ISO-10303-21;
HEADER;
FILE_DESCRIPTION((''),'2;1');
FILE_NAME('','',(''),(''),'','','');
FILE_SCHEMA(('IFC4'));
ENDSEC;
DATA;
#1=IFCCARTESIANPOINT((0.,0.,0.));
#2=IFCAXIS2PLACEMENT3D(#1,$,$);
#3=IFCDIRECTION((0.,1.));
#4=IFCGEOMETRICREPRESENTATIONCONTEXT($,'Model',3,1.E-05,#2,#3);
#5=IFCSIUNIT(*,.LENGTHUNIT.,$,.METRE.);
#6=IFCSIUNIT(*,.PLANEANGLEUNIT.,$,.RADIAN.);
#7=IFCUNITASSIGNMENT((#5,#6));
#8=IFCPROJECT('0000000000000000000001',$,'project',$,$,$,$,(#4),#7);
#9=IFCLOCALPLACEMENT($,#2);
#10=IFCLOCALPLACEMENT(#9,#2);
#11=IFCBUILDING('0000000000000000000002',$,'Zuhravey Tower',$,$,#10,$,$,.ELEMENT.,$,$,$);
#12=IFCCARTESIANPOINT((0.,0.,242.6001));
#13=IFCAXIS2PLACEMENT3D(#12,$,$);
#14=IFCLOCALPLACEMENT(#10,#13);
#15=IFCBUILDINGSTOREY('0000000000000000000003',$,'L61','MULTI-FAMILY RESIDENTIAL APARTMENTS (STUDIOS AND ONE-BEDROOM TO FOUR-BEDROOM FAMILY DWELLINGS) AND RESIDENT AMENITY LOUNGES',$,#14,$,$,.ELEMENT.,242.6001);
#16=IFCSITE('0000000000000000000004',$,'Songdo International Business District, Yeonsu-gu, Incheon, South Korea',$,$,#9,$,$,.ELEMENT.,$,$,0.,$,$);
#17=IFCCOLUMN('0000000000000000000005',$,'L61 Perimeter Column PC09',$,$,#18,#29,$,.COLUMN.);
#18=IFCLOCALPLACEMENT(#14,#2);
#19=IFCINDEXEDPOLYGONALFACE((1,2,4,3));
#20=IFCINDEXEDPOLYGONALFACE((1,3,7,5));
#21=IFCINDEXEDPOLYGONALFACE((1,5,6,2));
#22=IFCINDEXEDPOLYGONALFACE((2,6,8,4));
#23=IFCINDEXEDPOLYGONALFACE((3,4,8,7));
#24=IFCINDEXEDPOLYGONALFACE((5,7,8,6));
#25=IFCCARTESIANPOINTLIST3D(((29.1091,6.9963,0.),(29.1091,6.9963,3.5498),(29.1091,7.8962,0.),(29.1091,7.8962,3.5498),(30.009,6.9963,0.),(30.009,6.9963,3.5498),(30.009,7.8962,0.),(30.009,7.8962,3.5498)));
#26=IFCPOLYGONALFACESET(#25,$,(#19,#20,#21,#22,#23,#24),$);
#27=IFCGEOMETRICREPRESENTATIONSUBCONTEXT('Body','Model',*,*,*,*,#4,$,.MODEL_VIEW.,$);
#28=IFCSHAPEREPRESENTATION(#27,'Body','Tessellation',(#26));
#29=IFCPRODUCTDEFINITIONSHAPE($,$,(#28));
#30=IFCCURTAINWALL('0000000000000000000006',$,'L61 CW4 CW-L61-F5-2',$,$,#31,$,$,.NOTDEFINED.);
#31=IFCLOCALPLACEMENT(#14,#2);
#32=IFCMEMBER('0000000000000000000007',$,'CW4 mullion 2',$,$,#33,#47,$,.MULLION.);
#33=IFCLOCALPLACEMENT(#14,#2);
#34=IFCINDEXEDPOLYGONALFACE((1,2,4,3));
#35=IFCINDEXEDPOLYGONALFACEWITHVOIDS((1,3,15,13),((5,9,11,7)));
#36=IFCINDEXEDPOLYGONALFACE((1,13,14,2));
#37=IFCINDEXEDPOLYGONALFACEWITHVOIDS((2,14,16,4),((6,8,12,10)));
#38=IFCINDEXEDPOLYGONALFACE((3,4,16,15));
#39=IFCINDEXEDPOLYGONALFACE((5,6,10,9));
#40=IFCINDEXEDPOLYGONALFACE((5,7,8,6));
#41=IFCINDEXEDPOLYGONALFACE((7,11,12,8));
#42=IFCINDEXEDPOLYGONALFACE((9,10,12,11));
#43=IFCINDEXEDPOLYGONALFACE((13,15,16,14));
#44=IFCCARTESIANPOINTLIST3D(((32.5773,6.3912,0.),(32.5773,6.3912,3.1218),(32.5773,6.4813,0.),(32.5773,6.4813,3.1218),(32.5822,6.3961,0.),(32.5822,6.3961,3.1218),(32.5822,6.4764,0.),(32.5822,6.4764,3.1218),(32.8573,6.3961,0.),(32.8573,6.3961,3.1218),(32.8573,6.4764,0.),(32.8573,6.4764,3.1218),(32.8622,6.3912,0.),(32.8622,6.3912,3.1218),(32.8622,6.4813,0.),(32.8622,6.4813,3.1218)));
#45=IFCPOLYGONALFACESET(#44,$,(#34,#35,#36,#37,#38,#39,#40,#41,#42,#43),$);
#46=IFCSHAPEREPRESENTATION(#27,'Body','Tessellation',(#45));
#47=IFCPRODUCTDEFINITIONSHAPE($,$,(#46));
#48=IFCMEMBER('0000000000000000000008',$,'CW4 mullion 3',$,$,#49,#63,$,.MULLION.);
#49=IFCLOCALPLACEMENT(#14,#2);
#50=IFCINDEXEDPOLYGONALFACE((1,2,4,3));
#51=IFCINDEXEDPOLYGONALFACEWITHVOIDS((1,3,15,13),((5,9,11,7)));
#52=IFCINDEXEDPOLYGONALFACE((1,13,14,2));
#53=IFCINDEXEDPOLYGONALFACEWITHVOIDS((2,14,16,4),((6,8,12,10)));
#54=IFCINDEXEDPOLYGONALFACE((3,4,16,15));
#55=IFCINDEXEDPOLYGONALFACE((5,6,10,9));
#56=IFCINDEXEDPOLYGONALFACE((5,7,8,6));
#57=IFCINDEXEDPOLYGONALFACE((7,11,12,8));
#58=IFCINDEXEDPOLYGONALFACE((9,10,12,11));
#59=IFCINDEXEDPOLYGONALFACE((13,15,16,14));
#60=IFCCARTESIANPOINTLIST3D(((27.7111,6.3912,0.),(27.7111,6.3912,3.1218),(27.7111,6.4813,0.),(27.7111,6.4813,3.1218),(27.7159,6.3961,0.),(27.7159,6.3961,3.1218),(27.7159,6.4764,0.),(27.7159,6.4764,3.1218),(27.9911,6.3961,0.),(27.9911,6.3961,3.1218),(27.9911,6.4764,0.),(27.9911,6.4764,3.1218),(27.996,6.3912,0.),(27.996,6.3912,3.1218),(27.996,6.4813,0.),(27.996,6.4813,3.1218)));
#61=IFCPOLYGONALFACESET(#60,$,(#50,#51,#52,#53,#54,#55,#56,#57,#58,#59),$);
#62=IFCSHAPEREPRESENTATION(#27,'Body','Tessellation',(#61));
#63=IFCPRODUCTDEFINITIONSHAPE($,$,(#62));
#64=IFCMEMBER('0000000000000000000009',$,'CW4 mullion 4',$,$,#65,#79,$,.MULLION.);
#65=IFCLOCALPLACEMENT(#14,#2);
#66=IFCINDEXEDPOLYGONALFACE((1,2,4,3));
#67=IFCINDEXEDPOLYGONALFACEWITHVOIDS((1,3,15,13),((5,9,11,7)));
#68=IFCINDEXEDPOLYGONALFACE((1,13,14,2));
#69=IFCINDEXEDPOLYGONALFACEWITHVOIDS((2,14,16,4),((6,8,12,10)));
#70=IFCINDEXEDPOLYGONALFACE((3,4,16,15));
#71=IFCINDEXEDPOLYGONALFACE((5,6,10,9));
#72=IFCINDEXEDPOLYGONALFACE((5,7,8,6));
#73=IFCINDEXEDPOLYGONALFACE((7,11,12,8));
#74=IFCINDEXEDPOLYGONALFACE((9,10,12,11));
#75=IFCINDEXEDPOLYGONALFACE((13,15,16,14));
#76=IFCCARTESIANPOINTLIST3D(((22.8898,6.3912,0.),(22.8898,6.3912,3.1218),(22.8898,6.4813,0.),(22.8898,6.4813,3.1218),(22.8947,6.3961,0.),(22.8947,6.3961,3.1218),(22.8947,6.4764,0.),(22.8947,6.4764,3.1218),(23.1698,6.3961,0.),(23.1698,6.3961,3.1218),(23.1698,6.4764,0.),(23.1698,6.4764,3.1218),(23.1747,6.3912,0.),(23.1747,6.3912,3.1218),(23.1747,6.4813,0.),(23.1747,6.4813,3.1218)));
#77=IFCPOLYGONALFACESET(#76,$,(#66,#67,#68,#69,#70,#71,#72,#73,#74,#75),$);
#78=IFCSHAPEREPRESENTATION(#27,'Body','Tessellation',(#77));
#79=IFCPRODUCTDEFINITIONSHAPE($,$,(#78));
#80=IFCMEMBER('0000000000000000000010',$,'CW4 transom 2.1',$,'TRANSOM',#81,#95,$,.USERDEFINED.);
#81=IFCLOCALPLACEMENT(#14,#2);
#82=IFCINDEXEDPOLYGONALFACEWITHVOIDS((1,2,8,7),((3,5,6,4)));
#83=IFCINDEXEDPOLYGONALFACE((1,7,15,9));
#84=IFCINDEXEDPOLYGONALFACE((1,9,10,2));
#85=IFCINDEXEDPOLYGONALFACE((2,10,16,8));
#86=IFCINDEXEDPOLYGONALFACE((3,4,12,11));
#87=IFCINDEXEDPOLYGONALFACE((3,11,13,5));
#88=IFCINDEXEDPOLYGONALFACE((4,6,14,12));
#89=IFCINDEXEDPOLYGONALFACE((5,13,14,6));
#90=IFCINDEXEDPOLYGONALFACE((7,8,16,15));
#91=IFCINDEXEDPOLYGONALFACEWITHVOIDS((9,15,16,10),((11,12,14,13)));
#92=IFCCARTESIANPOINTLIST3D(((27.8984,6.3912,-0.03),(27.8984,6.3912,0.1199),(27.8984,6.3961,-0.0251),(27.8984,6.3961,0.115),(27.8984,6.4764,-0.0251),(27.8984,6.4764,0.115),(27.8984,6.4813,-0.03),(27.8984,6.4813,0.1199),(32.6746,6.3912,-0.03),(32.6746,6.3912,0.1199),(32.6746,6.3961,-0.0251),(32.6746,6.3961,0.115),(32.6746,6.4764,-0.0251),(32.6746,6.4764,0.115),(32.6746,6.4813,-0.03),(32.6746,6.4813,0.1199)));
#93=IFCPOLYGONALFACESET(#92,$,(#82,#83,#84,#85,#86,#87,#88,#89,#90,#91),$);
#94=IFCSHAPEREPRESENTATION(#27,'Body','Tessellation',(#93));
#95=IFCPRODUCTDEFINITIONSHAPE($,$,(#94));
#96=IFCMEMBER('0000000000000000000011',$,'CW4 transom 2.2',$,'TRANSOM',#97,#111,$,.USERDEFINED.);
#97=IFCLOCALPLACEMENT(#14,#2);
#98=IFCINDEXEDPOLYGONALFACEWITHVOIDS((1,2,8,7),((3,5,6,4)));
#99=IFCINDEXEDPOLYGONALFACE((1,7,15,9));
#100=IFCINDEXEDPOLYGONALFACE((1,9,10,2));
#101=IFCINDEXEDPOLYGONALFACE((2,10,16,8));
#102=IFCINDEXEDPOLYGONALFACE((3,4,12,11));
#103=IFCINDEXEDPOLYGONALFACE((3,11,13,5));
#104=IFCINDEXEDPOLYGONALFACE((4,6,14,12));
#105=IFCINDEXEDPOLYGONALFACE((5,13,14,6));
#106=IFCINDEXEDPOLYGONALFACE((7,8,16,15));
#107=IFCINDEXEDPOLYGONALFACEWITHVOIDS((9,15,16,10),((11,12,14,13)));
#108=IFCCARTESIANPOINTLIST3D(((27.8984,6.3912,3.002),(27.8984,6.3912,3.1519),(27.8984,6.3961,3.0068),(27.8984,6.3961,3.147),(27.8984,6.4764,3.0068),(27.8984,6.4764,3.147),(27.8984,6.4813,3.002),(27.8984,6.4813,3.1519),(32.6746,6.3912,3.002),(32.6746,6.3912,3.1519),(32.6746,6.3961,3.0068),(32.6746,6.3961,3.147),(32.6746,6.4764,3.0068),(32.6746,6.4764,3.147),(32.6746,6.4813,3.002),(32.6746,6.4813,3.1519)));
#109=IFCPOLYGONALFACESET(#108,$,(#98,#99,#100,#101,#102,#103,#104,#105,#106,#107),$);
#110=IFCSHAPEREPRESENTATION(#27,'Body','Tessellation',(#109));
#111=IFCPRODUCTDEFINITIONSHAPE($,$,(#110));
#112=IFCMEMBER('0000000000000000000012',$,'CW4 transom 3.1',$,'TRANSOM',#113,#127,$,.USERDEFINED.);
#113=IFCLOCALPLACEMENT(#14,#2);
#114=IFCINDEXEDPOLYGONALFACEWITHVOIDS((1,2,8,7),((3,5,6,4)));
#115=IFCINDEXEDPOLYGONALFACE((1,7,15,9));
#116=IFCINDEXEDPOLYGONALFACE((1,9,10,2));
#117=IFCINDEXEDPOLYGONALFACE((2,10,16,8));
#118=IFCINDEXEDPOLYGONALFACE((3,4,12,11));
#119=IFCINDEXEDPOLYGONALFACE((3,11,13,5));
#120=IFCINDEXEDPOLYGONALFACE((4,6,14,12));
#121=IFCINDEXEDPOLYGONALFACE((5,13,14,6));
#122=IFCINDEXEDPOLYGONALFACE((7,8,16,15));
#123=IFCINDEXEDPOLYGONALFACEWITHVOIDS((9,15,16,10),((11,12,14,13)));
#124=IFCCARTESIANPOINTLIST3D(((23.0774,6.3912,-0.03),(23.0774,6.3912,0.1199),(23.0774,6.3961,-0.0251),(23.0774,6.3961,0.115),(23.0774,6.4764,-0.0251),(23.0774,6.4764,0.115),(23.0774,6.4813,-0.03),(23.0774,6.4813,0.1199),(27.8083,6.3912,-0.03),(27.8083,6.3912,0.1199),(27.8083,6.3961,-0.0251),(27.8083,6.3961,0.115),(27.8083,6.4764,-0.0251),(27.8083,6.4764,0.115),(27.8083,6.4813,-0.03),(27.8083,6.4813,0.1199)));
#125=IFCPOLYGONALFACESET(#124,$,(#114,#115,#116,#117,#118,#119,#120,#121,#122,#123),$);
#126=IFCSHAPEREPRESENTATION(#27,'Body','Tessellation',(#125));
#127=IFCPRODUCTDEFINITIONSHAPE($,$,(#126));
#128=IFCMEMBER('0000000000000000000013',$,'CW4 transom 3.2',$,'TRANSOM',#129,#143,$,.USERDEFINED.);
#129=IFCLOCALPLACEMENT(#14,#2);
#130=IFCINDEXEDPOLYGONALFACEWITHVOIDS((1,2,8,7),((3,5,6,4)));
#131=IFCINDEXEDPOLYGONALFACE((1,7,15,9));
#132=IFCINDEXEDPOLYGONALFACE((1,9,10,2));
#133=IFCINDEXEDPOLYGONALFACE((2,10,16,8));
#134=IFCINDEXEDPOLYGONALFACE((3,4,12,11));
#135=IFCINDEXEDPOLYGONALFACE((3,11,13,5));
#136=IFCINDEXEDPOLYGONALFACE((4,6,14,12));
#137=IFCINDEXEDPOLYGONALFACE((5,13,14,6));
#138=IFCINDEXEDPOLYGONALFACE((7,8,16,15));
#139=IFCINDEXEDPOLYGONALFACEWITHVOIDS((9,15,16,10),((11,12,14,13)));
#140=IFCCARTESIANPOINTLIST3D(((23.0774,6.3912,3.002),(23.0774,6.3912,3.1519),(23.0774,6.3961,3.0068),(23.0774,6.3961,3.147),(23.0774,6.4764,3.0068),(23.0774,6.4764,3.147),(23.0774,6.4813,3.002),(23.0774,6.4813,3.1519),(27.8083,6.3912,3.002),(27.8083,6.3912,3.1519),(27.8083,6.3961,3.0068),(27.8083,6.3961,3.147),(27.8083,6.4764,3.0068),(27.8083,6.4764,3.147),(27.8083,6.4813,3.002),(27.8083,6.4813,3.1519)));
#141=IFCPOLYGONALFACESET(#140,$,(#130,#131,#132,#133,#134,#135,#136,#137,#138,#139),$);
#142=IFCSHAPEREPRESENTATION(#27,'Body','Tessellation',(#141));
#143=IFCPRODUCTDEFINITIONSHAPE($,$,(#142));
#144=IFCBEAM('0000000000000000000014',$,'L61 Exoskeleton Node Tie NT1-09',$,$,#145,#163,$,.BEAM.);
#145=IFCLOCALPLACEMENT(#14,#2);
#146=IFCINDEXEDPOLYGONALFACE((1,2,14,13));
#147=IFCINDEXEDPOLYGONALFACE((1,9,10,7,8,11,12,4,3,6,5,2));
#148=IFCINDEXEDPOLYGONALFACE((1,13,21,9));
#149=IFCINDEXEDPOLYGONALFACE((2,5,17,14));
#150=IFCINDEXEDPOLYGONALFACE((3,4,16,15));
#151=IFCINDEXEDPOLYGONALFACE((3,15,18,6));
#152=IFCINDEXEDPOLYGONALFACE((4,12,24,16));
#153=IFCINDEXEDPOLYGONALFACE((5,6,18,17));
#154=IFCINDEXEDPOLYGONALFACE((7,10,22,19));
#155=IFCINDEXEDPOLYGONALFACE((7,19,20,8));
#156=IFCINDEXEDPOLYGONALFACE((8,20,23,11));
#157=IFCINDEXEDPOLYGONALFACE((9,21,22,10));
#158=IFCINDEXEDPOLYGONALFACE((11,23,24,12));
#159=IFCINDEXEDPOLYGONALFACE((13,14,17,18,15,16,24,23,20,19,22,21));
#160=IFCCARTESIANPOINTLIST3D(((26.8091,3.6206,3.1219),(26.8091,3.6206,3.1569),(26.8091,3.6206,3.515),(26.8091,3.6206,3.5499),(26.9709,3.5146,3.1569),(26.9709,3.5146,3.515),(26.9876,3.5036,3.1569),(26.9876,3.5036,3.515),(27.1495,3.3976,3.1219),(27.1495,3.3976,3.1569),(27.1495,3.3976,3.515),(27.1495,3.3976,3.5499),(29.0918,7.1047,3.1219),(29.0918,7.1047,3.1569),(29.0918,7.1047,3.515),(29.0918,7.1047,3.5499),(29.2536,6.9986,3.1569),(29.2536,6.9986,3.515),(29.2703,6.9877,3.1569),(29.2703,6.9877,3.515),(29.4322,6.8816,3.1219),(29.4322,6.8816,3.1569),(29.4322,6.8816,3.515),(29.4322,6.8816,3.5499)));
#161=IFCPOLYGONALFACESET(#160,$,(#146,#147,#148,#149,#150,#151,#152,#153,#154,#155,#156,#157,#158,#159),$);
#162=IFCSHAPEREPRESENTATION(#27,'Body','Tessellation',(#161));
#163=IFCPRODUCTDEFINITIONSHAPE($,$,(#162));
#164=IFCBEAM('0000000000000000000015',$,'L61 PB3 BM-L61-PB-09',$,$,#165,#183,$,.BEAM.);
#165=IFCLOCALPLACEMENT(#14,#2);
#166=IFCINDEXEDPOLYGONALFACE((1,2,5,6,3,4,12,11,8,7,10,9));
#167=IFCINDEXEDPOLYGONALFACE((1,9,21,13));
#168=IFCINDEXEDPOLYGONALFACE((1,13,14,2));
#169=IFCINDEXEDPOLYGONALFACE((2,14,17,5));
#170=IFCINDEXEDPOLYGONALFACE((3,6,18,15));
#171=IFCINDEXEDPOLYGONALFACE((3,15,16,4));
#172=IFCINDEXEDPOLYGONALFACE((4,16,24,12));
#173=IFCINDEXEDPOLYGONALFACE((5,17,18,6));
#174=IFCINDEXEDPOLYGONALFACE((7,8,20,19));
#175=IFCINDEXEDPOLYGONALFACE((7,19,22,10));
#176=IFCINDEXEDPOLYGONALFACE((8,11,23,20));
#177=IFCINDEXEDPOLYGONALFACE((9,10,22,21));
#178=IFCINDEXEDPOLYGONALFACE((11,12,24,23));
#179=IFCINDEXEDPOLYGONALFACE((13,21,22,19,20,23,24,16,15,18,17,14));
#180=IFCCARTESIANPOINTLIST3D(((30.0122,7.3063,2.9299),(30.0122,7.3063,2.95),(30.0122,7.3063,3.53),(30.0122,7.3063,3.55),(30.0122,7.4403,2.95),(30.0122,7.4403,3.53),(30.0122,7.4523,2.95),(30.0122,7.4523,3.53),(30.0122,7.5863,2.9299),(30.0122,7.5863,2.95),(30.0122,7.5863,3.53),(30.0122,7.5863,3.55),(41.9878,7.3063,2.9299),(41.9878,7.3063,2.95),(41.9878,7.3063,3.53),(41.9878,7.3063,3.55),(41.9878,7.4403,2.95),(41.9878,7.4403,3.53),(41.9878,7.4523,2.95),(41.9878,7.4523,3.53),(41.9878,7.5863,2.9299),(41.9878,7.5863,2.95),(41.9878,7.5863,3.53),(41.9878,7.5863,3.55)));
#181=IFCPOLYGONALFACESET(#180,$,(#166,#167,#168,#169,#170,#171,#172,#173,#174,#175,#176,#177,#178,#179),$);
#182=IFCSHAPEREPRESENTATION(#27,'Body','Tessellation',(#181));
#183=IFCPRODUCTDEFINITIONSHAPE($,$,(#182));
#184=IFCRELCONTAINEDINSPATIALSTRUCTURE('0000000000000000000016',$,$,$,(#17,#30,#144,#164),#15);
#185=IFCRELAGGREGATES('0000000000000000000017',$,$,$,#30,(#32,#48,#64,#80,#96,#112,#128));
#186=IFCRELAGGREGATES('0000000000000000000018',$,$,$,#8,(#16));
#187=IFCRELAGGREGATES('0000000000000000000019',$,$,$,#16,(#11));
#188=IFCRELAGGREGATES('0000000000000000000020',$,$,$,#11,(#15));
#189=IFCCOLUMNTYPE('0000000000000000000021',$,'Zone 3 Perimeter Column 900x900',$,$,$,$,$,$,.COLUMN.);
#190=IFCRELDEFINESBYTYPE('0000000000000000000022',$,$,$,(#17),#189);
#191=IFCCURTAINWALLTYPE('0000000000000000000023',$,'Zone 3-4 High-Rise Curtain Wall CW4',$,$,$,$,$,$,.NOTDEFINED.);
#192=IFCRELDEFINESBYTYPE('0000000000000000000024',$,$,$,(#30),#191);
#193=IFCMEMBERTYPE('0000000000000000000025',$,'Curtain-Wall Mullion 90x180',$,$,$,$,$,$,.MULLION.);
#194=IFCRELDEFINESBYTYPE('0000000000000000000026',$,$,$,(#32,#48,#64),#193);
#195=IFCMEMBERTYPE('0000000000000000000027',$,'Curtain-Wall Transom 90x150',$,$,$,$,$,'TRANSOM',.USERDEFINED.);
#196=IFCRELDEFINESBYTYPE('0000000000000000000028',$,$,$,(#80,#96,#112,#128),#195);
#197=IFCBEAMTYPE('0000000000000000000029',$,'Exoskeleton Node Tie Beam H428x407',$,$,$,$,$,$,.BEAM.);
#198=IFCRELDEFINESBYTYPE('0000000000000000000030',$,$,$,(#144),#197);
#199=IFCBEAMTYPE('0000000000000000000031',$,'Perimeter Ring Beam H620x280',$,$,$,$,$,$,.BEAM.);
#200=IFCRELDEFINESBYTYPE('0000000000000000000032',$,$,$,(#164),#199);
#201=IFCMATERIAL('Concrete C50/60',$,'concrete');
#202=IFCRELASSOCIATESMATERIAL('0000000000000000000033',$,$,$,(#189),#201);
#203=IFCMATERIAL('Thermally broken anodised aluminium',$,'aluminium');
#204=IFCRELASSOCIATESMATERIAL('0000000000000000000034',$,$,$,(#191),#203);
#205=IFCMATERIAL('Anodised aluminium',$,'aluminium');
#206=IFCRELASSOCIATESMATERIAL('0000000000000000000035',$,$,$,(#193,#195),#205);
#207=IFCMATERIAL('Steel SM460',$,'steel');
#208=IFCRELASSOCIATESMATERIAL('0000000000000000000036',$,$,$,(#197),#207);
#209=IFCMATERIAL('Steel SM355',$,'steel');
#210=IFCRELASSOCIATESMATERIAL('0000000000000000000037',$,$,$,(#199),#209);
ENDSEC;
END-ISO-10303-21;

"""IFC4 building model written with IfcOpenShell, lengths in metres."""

from ifc_helpers import new_model, si_unit, direction, frame, origin, origin_2d, place, context, subcontext, project, spatial, rectangle, hollow_rectangle, i_section, extrude, material, material_profile, profile_set, type_object, element, aggregate, save


model = new_model("IFC4")

# Units and contexts
model_context = context("Model", 3, precision=1e-05, world=origin(), true_north=direction((0.0, 1.0)))
body_context = subcontext(model_context, "Body", "Model", "MODEL_VIEW")
ifc_project = project(units=[si_unit("LENGTHUNIT", "METRE"), si_unit("PLANEANGLEUNIT", "RADIAN")], contexts=[model_context])

# Site, building, storey
site_placement = place(None, origin())
site = spatial("IfcSite", under=ifc_project, at=site_placement, Name="Songdo International Business District, Yeonsu-gu, Incheon, South Korea", CompositionType="ELEMENT", RefElevation=0.0)
building_placement = place(site_placement, origin())
building = spatial("IfcBuilding", under=site, at=building_placement, Name="Zuhravey Tower", CompositionType="ELEMENT")
storey_placement = place(building_placement, frame((0.0, 0.0, 242.6001)))
storey = spatial("IfcBuildingStorey", under=building, at=storey_placement, Name="L61", Description="MULTI-FAMILY RESIDENTIAL APARTMENTS (STUDIOS AND ONE-BEDROOM TO FOUR-BEDROOM FAMILY DWELLINGS) AND RESIDENT AMENITY LOUNGES", CompositionType="ELEMENT", Elevation=242.6001)

# Column
ifc_material_1 = material(Name="Concrete C50/60", Category="concrete")
ifc_material_profile_1 = material_profile(ifc_material_1, rectangle(XDim=0.8999, YDim=0.8999, at=origin_2d()), Name="RC-900x900")
ifc_profile_set_1 = profile_set([ifc_material_profile_1], Name="Concrete C50/60")
column_type = type_object("IfcColumnType", Name="Zone 3 Perimeter Column 900x900", PredefinedType="COLUMN", material=ifc_profile_set_1)
column_placement = place(storey_placement, frame((29.5591, 7.4463, 0.0), z_axis=(0.0, 0.0, 1.0), x_axis=(1.0, 0.0, 0.0)))
element("IfcColumn", 1, at=column_placement, inside=storey, type_object=column_type, Name="L61 Perimeter Column PC09", PredefinedType="COLUMN", context=body_context, shape_type="SweptSolid", body=[
    extrude(rectangle(XDim=0.8999, YDim=0.8999, at=origin_2d()), origin(), (0.0, 0.0, 1.0), 3.5498),
])

# Curtain wall, members
ifc_material_2 = material(Name="Thermally broken anodised aluminium", Category="aluminium")
curtain_wall_type = type_object("IfcCurtainWallType", Name="Zone 3-4 High-Rise Curtain Wall CW4", PredefinedType="NOTDEFINED", material=ifc_material_2)
curtain_wall_placement = place(storey_placement, origin())
curtain_wall = element("IfcCurtainWall", 2, at=curtain_wall_placement, inside=storey, type_object=curtain_wall_type, Name="L61 CW4 CW-L61-F5-2", PredefinedType="NOTDEFINED")
ifc_material_3 = material(Name="Anodised aluminium", Category="aluminium")
ifc_material_profile_2 = material_profile(ifc_material_3, hollow_rectangle(XDim=0.0901, YDim=0.2849, WallThickness=0.0049, at=origin_2d()), Name="ALU-RHS-90x285x5")
ifc_profile_set_2 = profile_set([ifc_material_profile_2], Name="Anodised aluminium")
member_type_1 = type_object("IfcMemberType", Name="Curtain-Wall Mullion 90x180", PredefinedType="MULLION", material=ifc_profile_set_2)
member_1_placement = place(storey_placement, frame((32.7197, 6.4363, 0.0), z_axis=(0.0, 0.0, 1.0), x_axis=(0.0, -1.0, 0.0)))
member_1 = element("IfcMember", 3, at=member_1_placement, type_object=member_type_1, Name="CW4 mullion 2", PredefinedType="MULLION", context=body_context, shape_type="SweptSolid", body=[
    extrude(hollow_rectangle(XDim=0.0901, YDim=0.2849, WallThickness=0.0049, at=origin_2d()), origin(), (0.0, 0.0, 1.0), 3.1218),
])
member_2_placement = place(storey_placement, frame((27.8535, 6.4363, 0.0), z_axis=(0.0, 0.0, 1.0), x_axis=(0.0, -1.0, 0.0)))
member_2 = element("IfcMember", 4, at=member_2_placement, type_object=member_type_1, Name="CW4 mullion 3", PredefinedType="MULLION", context=body_context, shape_type="SweptSolid", body=[
    extrude(hollow_rectangle(XDim=0.0901, YDim=0.2849, WallThickness=0.0049, at=origin_2d()), origin(), (0.0, 0.0, 1.0), 3.1218),
])
member_3_placement = place(storey_placement, frame((23.0322, 6.4363, 0.0), z_axis=(0.0, 0.0, 1.0), x_axis=(0.0, -1.0, 0.0)))
member_3 = element("IfcMember", 5, at=member_3_placement, type_object=member_type_1, Name="CW4 mullion 4", PredefinedType="MULLION", context=body_context, shape_type="SweptSolid", body=[
    extrude(hollow_rectangle(XDim=0.0901, YDim=0.2849, WallThickness=0.0049, at=origin_2d()), origin(), (0.0, 0.0, 1.0), 3.1218),
])
ifc_material_profile_3 = material_profile(ifc_material_3, hollow_rectangle(XDim=0.0901, YDim=0.1499, WallThickness=0.0049, at=origin_2d()), Name="ALU-RHS-90x150x5")
ifc_profile_set_3 = profile_set([ifc_material_profile_3], Name="Anodised aluminium")
member_type_2 = type_object("IfcMemberType", Name="Curtain-Wall Transom 90x150", ElementType="TRANSOM", PredefinedType="USERDEFINED", material=ifc_profile_set_3)
member_4_placement = place(storey_placement, frame((32.6746, 6.4363, 0.0449), z_axis=(-1.0, 0.0, 0.0), x_axis=(0.0, -1.0, 0.0)))
member_4 = element("IfcMember", 6, at=member_4_placement, type_object=member_type_2, Name="CW4 transom 2.1", ObjectType="TRANSOM", PredefinedType="USERDEFINED", context=body_context, shape_type="SweptSolid", body=[
    extrude(hollow_rectangle(XDim=0.0901, YDim=0.1499, WallThickness=0.0049, at=origin_2d()), origin(), (0.0, 0.0, 1.0), 4.7761),
])
member_5_placement = place(storey_placement, frame((32.6746, 6.4363, 3.0769), z_axis=(-1.0, 0.0, 0.0), x_axis=(0.0, -1.0, 0.0)))
member_5 = element("IfcMember", 7, at=member_5_placement, type_object=member_type_2, Name="CW4 transom 2.2", ObjectType="TRANSOM", PredefinedType="USERDEFINED", context=body_context, shape_type="SweptSolid", body=[
    extrude(hollow_rectangle(XDim=0.0901, YDim=0.1499, WallThickness=0.0049, at=origin_2d()), origin(), (0.0, 0.0, 1.0), 4.7761),
])
member_6_placement = place(storey_placement, frame((27.8083, 6.4363, 0.0449), z_axis=(-1.0, 0.0, 0.0), x_axis=(0.0, -1.0, 0.0)))
member_6 = element("IfcMember", 8, at=member_6_placement, type_object=member_type_2, Name="CW4 transom 3.1", ObjectType="TRANSOM", PredefinedType="USERDEFINED", context=body_context, shape_type="SweptSolid", body=[
    extrude(hollow_rectangle(XDim=0.0901, YDim=0.1499, WallThickness=0.0049, at=origin_2d()), origin(), (0.0, 0.0, 1.0), 4.731),
])
member_7_placement = place(storey_placement, frame((27.8083, 6.4363, 3.0769), z_axis=(-1.0, 0.0, 0.0), x_axis=(0.0, -1.0, 0.0)))
member_7 = element("IfcMember", 9, at=member_7_placement, type_object=member_type_2, Name="CW4 transom 3.2", ObjectType="TRANSOM", PredefinedType="USERDEFINED", context=body_context, shape_type="SweptSolid", body=[
    extrude(hollow_rectangle(XDim=0.0901, YDim=0.1499, WallThickness=0.0049, at=origin_2d()), origin(), (0.0, 0.0, 1.0), 4.731),
])

# Beams
ifc_material_4 = material(Name="Steel SM460", Category="steel")
ifc_material_profile_4 = material_profile(ifc_material_4, i_section(OverallWidth=0.407, OverallDepth=0.428, WebThickness=0.02, FlangeThickness=0.0349, at=origin_2d()), Name="H-428x407x20x35")
ifc_profile_set_4 = profile_set([ifc_material_profile_4], Name="Steel SM460")
beam_type_1 = type_object("IfcBeamType", Name="Exoskeleton Node Tie Beam H428x407", PredefinedType="BEAM", material=ifc_profile_set_4)
beam_1_placement = place(storey_placement, frame((29.262, 6.9932, 3.3359), z_axis=(-0.548028, -0.83646, 0.0), x_axis=(0.83646, -0.548028, 0.0)))
element("IfcBeam", 10, at=beam_1_placement, inside=storey, type_object=beam_type_1, Name="L61 Exoskeleton Node Tie NT1-09", PredefinedType="BEAM", context=body_context, shape_type="SweptSolid", body=[
    extrude(i_section(OverallWidth=0.407, OverallDepth=0.428, WebThickness=0.02, FlangeThickness=0.0349, at=origin_2d()), origin(), (0.0, 0.0, 1.0), 4.1653),
])
ifc_material_5 = material(Name="Steel SM355", Category="steel")
ifc_material_profile_5 = material_profile(ifc_material_5, i_section(OverallWidth=0.28, OverallDepth=0.6201, WebThickness=0.012, FlangeThickness=0.02, at=origin_2d()), Name="H-620x280x12x20")
ifc_profile_set_5 = profile_set([ifc_material_profile_5], Name="Steel SM355")
beam_type_2 = type_object("IfcBeamType", Name="Perimeter Ring Beam H620x280", PredefinedType="BEAM", material=ifc_profile_set_5)
beam_2_placement = place(storey_placement, frame((30.0122, 7.4463, 3.24), z_axis=(1.0, 0.0, 0.0), x_axis=(0.0, 1.0, 0.0)))
element("IfcBeam", 11, at=beam_2_placement, inside=storey, type_object=beam_type_2, Name="L61 PB3 BM-L61-PB-09", PredefinedType="BEAM", context=body_context, shape_type="SweptSolid", body=[
    extrude(i_section(OverallWidth=0.28, OverallDepth=0.6201, WebThickness=0.012, FlangeThickness=0.02, at=origin_2d()), origin(), (0.0, 0.0, 1.0), 11.9756),
])

aggregate(curtain_wall, [member_1, member_2, member_3, member_4, member_5, member_6, member_7])

save(model, "model.ifc")
